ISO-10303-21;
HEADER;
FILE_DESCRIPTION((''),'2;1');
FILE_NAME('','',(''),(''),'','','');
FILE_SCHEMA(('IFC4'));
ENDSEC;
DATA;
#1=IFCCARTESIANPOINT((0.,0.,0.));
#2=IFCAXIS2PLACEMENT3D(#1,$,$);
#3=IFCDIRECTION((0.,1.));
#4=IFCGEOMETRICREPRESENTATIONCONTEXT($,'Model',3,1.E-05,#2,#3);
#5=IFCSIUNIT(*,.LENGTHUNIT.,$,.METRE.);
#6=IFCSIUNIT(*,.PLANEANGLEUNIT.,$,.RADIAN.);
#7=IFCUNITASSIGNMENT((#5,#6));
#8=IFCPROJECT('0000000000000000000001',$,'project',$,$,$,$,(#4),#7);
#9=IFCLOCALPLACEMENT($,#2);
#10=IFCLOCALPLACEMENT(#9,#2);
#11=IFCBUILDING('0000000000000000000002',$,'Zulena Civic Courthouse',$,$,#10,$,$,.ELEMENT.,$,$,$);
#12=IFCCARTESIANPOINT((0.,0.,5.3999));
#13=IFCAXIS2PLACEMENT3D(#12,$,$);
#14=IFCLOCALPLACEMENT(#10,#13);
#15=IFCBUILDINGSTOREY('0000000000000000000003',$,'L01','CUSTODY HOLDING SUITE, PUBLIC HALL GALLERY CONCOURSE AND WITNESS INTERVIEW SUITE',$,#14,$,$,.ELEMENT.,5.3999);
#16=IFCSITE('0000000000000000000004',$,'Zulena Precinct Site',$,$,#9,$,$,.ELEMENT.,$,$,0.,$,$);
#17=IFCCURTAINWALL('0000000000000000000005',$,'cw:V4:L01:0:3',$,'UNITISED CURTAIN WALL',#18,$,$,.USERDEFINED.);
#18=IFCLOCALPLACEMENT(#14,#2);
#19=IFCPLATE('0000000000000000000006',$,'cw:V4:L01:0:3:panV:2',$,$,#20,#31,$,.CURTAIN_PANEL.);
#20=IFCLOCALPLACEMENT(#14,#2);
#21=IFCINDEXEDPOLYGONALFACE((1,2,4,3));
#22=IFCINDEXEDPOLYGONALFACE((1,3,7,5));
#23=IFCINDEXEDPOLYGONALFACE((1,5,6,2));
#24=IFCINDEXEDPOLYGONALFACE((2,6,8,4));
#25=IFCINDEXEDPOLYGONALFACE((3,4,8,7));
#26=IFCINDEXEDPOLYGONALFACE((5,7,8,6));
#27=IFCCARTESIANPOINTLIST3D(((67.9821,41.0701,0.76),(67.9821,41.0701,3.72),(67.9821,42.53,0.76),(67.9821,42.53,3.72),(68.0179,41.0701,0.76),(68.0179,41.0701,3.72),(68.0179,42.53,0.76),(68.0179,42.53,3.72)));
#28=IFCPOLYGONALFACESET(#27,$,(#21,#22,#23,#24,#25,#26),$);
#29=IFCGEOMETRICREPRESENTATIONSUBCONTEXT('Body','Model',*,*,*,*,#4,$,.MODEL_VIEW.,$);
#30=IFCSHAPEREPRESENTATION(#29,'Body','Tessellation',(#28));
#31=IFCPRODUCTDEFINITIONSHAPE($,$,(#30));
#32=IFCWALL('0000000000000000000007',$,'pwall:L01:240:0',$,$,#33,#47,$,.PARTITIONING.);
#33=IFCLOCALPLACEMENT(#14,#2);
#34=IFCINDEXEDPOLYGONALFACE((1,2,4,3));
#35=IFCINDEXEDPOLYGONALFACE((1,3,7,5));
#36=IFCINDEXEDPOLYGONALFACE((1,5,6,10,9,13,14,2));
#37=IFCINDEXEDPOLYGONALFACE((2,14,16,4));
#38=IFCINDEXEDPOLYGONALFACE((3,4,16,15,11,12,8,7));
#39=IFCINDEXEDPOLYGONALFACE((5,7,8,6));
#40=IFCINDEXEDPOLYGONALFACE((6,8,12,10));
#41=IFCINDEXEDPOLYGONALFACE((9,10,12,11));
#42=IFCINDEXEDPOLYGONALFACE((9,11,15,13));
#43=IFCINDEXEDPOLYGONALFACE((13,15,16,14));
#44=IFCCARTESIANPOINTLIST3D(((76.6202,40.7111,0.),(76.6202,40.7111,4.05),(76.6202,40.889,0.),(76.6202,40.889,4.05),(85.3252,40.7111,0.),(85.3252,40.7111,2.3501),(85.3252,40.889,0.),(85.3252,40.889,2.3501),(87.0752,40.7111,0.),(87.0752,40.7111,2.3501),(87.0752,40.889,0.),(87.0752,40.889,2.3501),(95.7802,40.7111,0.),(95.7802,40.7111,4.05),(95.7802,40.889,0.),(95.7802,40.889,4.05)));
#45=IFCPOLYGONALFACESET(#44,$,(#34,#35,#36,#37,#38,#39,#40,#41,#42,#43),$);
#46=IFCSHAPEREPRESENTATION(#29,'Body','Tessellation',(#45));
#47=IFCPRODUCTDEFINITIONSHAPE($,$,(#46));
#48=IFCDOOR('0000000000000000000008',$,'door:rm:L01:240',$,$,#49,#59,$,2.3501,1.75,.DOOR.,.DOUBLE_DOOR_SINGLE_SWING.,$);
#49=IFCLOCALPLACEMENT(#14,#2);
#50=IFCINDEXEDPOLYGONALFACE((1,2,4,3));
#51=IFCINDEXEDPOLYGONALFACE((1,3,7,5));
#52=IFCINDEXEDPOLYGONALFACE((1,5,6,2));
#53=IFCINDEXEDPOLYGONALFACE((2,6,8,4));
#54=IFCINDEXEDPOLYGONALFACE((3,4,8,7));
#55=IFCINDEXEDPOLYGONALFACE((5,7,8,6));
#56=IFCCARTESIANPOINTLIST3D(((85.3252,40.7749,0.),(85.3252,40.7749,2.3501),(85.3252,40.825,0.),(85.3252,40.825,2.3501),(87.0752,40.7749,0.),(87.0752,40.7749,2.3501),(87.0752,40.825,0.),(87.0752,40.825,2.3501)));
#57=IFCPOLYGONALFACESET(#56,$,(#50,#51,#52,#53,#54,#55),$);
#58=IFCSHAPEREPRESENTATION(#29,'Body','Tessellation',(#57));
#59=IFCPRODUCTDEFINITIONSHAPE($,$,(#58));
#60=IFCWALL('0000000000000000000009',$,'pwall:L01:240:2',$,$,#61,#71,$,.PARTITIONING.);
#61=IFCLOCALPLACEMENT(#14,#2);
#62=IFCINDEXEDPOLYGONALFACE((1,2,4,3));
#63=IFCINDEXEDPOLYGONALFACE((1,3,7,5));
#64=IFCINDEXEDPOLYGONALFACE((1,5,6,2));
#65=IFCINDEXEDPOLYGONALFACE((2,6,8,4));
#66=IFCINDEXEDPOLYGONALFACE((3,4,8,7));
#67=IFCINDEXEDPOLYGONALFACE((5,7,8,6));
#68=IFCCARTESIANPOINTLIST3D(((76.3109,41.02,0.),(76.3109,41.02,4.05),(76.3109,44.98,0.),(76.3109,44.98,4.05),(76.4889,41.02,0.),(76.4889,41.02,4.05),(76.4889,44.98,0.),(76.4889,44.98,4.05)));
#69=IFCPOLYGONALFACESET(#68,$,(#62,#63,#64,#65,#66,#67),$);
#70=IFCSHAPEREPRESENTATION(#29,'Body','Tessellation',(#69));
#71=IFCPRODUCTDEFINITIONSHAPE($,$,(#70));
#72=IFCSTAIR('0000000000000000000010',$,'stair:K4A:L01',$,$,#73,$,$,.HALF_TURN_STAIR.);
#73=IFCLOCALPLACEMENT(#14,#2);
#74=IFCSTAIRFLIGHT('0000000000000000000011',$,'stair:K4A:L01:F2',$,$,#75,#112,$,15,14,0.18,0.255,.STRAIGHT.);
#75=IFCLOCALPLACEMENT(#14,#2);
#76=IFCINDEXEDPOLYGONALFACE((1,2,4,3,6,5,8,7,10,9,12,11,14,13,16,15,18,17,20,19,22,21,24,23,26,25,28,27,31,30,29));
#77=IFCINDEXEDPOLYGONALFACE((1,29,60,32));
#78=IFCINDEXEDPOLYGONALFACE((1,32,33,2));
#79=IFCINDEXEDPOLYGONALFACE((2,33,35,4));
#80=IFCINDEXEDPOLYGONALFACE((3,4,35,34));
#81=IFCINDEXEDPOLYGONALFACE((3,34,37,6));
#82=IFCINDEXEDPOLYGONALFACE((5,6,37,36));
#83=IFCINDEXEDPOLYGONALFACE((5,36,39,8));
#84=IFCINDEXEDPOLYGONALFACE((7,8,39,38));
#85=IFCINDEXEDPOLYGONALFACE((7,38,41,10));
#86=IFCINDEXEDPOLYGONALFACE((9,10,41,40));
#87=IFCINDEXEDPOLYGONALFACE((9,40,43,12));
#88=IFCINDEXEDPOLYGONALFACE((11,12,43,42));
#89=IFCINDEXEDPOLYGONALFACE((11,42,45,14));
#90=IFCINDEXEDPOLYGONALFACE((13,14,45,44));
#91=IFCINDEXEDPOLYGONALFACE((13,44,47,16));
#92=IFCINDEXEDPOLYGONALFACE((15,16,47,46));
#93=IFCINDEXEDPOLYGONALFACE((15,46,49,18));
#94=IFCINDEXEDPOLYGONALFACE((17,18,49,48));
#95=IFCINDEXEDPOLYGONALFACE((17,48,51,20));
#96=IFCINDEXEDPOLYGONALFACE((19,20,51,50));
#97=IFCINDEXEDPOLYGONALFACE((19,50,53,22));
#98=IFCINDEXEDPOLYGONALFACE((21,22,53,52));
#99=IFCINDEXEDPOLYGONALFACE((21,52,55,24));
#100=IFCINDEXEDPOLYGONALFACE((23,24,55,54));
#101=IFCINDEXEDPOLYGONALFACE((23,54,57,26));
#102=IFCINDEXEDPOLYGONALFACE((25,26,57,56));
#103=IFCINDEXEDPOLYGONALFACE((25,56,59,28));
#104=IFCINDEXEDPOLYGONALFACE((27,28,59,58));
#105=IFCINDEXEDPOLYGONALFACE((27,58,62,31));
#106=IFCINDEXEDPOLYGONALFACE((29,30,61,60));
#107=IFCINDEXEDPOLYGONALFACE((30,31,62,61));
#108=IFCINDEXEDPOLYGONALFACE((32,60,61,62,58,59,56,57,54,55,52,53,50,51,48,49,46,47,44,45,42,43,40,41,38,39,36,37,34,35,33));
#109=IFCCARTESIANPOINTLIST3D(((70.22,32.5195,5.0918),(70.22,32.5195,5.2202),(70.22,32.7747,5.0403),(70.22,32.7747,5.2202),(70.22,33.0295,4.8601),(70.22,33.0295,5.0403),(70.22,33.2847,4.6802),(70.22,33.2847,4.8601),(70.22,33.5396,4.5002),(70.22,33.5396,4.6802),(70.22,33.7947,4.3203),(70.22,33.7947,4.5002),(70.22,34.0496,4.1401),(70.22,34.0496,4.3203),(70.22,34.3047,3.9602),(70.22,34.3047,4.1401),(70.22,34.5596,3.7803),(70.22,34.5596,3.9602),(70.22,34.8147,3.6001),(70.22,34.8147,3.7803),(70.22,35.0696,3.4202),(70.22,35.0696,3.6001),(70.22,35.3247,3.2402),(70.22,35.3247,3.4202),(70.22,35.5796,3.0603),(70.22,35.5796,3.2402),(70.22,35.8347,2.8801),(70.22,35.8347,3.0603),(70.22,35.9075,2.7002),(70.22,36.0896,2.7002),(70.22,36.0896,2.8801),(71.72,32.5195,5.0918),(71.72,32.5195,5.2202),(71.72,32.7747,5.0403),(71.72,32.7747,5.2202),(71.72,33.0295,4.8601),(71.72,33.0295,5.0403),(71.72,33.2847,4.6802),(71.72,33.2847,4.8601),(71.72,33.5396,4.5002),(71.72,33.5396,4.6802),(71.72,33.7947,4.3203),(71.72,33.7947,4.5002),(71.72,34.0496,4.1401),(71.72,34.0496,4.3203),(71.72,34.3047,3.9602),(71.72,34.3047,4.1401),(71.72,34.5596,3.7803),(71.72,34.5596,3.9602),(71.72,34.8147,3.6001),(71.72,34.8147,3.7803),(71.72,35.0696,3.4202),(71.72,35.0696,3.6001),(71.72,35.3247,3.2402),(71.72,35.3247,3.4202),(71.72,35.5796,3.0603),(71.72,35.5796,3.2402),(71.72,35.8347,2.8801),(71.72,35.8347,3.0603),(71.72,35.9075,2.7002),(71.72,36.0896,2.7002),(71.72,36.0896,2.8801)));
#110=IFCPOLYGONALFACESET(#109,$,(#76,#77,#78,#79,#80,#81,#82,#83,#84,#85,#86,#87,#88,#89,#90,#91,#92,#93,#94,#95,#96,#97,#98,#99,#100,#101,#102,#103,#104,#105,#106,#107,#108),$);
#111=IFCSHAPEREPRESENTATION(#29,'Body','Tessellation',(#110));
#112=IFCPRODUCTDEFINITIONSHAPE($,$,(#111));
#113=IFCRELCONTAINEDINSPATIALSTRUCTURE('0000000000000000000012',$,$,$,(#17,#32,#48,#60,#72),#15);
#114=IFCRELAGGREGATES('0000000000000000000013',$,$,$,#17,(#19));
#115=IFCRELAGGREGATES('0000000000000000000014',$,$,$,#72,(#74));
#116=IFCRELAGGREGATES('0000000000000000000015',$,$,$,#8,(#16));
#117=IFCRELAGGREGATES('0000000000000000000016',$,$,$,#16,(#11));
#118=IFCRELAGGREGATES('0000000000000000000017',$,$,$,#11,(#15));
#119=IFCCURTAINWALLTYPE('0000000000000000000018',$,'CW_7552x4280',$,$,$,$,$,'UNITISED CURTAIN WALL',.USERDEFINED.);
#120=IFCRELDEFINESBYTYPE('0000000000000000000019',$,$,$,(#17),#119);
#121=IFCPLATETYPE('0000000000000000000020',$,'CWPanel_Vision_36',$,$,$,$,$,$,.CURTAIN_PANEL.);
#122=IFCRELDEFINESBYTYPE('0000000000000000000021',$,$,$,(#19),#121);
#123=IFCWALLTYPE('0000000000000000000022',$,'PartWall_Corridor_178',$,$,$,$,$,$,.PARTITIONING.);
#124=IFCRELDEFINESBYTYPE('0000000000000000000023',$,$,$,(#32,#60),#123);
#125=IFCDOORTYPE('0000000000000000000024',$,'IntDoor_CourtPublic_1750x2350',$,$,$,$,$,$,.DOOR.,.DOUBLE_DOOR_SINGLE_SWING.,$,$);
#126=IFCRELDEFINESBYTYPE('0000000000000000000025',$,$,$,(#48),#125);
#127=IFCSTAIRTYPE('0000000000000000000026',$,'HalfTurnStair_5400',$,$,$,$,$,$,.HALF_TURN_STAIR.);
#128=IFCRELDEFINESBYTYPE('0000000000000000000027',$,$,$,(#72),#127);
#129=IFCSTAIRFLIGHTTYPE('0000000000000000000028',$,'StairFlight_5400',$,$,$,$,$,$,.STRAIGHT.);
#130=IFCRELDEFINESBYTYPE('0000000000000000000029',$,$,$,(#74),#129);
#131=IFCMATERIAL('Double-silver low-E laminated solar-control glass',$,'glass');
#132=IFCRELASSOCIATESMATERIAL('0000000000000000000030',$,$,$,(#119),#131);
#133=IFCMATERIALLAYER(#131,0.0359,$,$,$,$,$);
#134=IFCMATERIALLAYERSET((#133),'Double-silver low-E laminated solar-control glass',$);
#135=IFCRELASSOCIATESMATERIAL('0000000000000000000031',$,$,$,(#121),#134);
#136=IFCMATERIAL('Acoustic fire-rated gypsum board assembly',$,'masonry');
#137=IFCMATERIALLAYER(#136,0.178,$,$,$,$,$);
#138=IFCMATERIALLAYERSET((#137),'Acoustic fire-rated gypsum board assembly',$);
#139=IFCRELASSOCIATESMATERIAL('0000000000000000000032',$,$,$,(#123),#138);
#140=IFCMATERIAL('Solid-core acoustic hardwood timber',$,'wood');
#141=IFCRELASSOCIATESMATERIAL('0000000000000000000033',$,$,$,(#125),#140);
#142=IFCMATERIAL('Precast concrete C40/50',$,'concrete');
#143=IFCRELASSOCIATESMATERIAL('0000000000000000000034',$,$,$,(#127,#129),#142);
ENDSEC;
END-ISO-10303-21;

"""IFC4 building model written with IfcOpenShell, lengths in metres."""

from ifc_helpers import new_model, si_unit, direction, frame, frame_2d, origin, origin_2d, place, context, subcontext, project, spatial, polyline, rectangle, outline, extrude, material, layer, layer_set, type_object, element, fill, aggregate, save


model = new_model("IFC4")

# Units and contexts
model_context = context("Model", 3, precision=1e-05, world=origin(), true_north=direction((0.0, 1.0)))
body_context = subcontext(model_context, "Body", "Model", "MODEL_VIEW")
ifc_project = project(units=[si_unit("LENGTHUNIT", "METRE"), si_unit("PLANEANGLEUNIT", "RADIAN")], contexts=[model_context])

# Site, building, storey
site_placement = place(None, origin())
site = spatial("IfcSite", under=ifc_project, at=site_placement, Name="Zulena Precinct Site", CompositionType="ELEMENT", RefElevation=0.0)
building_placement = place(site_placement, origin())
building = spatial("IfcBuilding", under=site, at=building_placement, Name="Zulena Civic Courthouse", CompositionType="ELEMENT")
storey_placement = place(building_placement, frame((0.0, 0.0, 5.3999)))
storey = spatial("IfcBuildingStorey", under=building, at=storey_placement, Name="L01", Description="CUSTODY HOLDING SUITE, PUBLIC HALL GALLERY CONCOURSE AND WITNESS INTERVIEW SUITE", CompositionType="ELEMENT", Elevation=5.3999)

# Curtain wall
ifc_material_1 = material(Name="Double-silver low-E laminated solar-control glass", Category="glass")
curtain_wall_type = type_object("IfcCurtainWallType", Name="CW_7552x4280", ElementType="UNITISED CURTAIN WALL", PredefinedType="USERDEFINED", material=ifc_material_1)
curtain_wall_placement = place(storey_placement, origin())
curtain_wall = element("IfcCurtainWall", 1, at=curtain_wall_placement, inside=storey, type_object=curtain_wall_type, Name="cw:V4:L01:0:3", ObjectType="UNITISED CURTAIN WALL", PredefinedType="USERDEFINED")

# Plate
ifc_layer_1 = layer(ifc_material_1, 0.0359)
ifc_layer_set_1 = layer_set([ifc_layer_1], Name="Double-silver low-E laminated solar-control glass")
plate_type_1 = type_object("IfcPlateType", Name="CWPanel_Vision_36", PredefinedType="CURTAIN_PANEL", material=ifc_layer_set_1)
plate_1_placement = place(storey_placement, frame((68.0, 41.8, 0.76), z_axis=(0.0, 0.0, 1.0), x_axis=(0.0, 1.0, 0.0)))
plate_1 = element("IfcPlate", 2, at=plate_1_placement, type_object=plate_type_1, Name="cw:V4:L01:0:3:panV:2", PredefinedType="CURTAIN_PANEL", context=body_context, shape_type="SweptSolid", body=[
    extrude(rectangle(XDim=1.46, YDim=0.0359, at=origin_2d()), origin(), (0.0, 0.0, 1.0), 2.96),
])
aggregate(curtain_wall, [plate_1])

# Wall, opening, door
ifc_material_2 = material(Name="Acoustic fire-rated gypsum board assembly", Category="masonry")
ifc_layer_2 = layer(ifc_material_2, 0.178)
ifc_layer_set_2 = layer_set([ifc_layer_2], Name="Acoustic fire-rated gypsum board assembly")
wall_type = type_object("IfcWallType", Name="PartWall_Corridor_178", PredefinedType="PARTITIONING", material=ifc_layer_set_2)
wall_1_placement = place(storey_placement, frame((76.6201, 40.8, 0.0), z_axis=(0.0, 0.0, 1.0), x_axis=(1.0, 0.0, 0.0)))
wall_1 = element("IfcWall", 3, at=wall_1_placement, inside=storey, type_object=wall_type, Name="pwall:L01:240:0", PredefinedType="PARTITIONING", context=body_context, shape_type="SweptSolid", body=[
    extrude(rectangle(XDim=19.1599, YDim=0.178, at=frame_2d((9.5801, 0.0))), origin(), (0.0, 0.0, 1.0), 4.05),
])
opening_placement = place(wall_1_placement, frame((8.7051, 0.0, 0.0)))
opening = element("IfcOpeningElement", 4, at=opening_placement, cuts=wall_1, PredefinedType="OPENING", context=body_context, shape_type="SweptSolid", body=[
    extrude(rectangle(XDim=1.75, YDim=2.3501, at=frame_2d((0.875, 1.175))), frame((0.0, 0.0989, 0.0), z_axis=(0.0, -1.0, 0.0), x_axis=(1.0, 0.0, 0.0)), (0.0, 0.0, 1.0), 0.198),
])
ifc_material_3 = material(Name="Solid-core acoustic hardwood timber", Category="wood")
door_type = type_object("IfcDoorType", Name="IntDoor_CourtPublic_1750x2350", OperationType="DOUBLE_DOOR_SINGLE_SWING", PredefinedType="DOOR", material=ifc_material_3)
door_placement = place(opening_placement, origin())
door = element("IfcDoor", 5, at=door_placement, inside=storey, type_object=door_type, Name="door:rm:L01:240", OperationType="DOUBLE_DOOR_SINGLE_SWING", OverallHeight=2.3501, OverallWidth=1.75, PredefinedType="DOOR", context=body_context, shape_type="SweptSolid", body=[
    extrude(rectangle(XDim=1.75, YDim=2.3501, at=frame_2d((0.875, 1.175))), frame((0.0, 0.0249, 0.0), z_axis=(0.0, -1.0, 0.0), x_axis=(1.0, 0.0, 0.0)), (0.0, 0.0, 1.0), 0.05),
])
fill(opening, door)

# Wall
wall_2_placement = place(storey_placement, frame((76.3999, 41.02, 0.0), z_axis=(0.0, 0.0, 1.0), x_axis=(0.0, 1.0, 0.0)))
element("IfcWall", 6, at=wall_2_placement, inside=storey, type_object=wall_type, Name="pwall:L01:240:2", PredefinedType="PARTITIONING", context=body_context, shape_type="SweptSolid", body=[
    extrude(rectangle(XDim=3.96, YDim=0.178, at=frame_2d((1.98, 0.0))), origin(), (0.0, 0.0, 1.0), 4.05),
])

# Stair, stair flight
ifc_material_4 = material(Name="Precast concrete C40/50", Category="concrete")
stair_type = type_object("IfcStairType", Name="HalfTurnStair_5400", PredefinedType="HALF_TURN_STAIR", material=ifc_material_4)
stair_placement = place(storey_placement, origin())
stair = element("IfcStair", 7, at=stair_placement, inside=storey, type_object=stair_type, Name="stair:K4A:L01", PredefinedType="HALF_TURN_STAIR")
stair_flight_type = type_object("IfcStairFlightType", Name="StairFlight_5400", PredefinedType="STRAIGHT", material=ifc_material_4)
stair_flight_placement = place(storey_placement, frame((70.97, 36.0896, 2.7002), z_axis=(0.0, 0.0, 1.0), x_axis=(0.0, -1.0, 0.0)))
stair_flight = element("IfcStairFlight", 8, at=stair_flight_placement, type_object=stair_flight_type, Name="stair:K4A:L01:F2", NumberOfRisers=15, NumberOfTreads=14, PredefinedType="STRAIGHT", RiserHeight=0.18, TreadLength=0.255, context=body_context, shape_type="SweptSolid", body=[
    extrude(outline(polyline([(0.0, 0.0), (0.0, 0.1799), (0.2549, 0.1799), (0.2549, 0.3601), (0.51, 0.3601), (0.51, 0.54), (0.7649, 0.54), (0.7649, 0.72), (1.02, 0.72), (1.02, 0.8999), (1.2749, 0.8999), (1.2749, 1.0801), (1.53, 1.0801), (1.53, 1.26), (1.7849, 1.26), (1.7849, 1.4399), (2.04, 1.4399), (2.04, 1.6201), (2.2949, 1.6201), (2.2949, 1.8), (2.55, 1.8), (2.55, 1.98), (2.8049, 1.98), (2.8049, 2.1599), (3.0601, 2.1599), (3.0601, 2.3401), (3.3149, 2.3401), (3.3149, 2.52), (3.5701, 2.52), (3.5701, 2.7), (3.5701, 2.3916), (0.1821, 0.0), (0.0, 0.0)])), frame((0.0, 0.75, 0.0), z_axis=(0.0, -1.0, 0.0), x_axis=(1.0, 0.0, 0.0)), (0.0, 0.0, 1.0), 1.5),
])
aggregate(stair, [stair_flight])

save(model, "model.ifc")
